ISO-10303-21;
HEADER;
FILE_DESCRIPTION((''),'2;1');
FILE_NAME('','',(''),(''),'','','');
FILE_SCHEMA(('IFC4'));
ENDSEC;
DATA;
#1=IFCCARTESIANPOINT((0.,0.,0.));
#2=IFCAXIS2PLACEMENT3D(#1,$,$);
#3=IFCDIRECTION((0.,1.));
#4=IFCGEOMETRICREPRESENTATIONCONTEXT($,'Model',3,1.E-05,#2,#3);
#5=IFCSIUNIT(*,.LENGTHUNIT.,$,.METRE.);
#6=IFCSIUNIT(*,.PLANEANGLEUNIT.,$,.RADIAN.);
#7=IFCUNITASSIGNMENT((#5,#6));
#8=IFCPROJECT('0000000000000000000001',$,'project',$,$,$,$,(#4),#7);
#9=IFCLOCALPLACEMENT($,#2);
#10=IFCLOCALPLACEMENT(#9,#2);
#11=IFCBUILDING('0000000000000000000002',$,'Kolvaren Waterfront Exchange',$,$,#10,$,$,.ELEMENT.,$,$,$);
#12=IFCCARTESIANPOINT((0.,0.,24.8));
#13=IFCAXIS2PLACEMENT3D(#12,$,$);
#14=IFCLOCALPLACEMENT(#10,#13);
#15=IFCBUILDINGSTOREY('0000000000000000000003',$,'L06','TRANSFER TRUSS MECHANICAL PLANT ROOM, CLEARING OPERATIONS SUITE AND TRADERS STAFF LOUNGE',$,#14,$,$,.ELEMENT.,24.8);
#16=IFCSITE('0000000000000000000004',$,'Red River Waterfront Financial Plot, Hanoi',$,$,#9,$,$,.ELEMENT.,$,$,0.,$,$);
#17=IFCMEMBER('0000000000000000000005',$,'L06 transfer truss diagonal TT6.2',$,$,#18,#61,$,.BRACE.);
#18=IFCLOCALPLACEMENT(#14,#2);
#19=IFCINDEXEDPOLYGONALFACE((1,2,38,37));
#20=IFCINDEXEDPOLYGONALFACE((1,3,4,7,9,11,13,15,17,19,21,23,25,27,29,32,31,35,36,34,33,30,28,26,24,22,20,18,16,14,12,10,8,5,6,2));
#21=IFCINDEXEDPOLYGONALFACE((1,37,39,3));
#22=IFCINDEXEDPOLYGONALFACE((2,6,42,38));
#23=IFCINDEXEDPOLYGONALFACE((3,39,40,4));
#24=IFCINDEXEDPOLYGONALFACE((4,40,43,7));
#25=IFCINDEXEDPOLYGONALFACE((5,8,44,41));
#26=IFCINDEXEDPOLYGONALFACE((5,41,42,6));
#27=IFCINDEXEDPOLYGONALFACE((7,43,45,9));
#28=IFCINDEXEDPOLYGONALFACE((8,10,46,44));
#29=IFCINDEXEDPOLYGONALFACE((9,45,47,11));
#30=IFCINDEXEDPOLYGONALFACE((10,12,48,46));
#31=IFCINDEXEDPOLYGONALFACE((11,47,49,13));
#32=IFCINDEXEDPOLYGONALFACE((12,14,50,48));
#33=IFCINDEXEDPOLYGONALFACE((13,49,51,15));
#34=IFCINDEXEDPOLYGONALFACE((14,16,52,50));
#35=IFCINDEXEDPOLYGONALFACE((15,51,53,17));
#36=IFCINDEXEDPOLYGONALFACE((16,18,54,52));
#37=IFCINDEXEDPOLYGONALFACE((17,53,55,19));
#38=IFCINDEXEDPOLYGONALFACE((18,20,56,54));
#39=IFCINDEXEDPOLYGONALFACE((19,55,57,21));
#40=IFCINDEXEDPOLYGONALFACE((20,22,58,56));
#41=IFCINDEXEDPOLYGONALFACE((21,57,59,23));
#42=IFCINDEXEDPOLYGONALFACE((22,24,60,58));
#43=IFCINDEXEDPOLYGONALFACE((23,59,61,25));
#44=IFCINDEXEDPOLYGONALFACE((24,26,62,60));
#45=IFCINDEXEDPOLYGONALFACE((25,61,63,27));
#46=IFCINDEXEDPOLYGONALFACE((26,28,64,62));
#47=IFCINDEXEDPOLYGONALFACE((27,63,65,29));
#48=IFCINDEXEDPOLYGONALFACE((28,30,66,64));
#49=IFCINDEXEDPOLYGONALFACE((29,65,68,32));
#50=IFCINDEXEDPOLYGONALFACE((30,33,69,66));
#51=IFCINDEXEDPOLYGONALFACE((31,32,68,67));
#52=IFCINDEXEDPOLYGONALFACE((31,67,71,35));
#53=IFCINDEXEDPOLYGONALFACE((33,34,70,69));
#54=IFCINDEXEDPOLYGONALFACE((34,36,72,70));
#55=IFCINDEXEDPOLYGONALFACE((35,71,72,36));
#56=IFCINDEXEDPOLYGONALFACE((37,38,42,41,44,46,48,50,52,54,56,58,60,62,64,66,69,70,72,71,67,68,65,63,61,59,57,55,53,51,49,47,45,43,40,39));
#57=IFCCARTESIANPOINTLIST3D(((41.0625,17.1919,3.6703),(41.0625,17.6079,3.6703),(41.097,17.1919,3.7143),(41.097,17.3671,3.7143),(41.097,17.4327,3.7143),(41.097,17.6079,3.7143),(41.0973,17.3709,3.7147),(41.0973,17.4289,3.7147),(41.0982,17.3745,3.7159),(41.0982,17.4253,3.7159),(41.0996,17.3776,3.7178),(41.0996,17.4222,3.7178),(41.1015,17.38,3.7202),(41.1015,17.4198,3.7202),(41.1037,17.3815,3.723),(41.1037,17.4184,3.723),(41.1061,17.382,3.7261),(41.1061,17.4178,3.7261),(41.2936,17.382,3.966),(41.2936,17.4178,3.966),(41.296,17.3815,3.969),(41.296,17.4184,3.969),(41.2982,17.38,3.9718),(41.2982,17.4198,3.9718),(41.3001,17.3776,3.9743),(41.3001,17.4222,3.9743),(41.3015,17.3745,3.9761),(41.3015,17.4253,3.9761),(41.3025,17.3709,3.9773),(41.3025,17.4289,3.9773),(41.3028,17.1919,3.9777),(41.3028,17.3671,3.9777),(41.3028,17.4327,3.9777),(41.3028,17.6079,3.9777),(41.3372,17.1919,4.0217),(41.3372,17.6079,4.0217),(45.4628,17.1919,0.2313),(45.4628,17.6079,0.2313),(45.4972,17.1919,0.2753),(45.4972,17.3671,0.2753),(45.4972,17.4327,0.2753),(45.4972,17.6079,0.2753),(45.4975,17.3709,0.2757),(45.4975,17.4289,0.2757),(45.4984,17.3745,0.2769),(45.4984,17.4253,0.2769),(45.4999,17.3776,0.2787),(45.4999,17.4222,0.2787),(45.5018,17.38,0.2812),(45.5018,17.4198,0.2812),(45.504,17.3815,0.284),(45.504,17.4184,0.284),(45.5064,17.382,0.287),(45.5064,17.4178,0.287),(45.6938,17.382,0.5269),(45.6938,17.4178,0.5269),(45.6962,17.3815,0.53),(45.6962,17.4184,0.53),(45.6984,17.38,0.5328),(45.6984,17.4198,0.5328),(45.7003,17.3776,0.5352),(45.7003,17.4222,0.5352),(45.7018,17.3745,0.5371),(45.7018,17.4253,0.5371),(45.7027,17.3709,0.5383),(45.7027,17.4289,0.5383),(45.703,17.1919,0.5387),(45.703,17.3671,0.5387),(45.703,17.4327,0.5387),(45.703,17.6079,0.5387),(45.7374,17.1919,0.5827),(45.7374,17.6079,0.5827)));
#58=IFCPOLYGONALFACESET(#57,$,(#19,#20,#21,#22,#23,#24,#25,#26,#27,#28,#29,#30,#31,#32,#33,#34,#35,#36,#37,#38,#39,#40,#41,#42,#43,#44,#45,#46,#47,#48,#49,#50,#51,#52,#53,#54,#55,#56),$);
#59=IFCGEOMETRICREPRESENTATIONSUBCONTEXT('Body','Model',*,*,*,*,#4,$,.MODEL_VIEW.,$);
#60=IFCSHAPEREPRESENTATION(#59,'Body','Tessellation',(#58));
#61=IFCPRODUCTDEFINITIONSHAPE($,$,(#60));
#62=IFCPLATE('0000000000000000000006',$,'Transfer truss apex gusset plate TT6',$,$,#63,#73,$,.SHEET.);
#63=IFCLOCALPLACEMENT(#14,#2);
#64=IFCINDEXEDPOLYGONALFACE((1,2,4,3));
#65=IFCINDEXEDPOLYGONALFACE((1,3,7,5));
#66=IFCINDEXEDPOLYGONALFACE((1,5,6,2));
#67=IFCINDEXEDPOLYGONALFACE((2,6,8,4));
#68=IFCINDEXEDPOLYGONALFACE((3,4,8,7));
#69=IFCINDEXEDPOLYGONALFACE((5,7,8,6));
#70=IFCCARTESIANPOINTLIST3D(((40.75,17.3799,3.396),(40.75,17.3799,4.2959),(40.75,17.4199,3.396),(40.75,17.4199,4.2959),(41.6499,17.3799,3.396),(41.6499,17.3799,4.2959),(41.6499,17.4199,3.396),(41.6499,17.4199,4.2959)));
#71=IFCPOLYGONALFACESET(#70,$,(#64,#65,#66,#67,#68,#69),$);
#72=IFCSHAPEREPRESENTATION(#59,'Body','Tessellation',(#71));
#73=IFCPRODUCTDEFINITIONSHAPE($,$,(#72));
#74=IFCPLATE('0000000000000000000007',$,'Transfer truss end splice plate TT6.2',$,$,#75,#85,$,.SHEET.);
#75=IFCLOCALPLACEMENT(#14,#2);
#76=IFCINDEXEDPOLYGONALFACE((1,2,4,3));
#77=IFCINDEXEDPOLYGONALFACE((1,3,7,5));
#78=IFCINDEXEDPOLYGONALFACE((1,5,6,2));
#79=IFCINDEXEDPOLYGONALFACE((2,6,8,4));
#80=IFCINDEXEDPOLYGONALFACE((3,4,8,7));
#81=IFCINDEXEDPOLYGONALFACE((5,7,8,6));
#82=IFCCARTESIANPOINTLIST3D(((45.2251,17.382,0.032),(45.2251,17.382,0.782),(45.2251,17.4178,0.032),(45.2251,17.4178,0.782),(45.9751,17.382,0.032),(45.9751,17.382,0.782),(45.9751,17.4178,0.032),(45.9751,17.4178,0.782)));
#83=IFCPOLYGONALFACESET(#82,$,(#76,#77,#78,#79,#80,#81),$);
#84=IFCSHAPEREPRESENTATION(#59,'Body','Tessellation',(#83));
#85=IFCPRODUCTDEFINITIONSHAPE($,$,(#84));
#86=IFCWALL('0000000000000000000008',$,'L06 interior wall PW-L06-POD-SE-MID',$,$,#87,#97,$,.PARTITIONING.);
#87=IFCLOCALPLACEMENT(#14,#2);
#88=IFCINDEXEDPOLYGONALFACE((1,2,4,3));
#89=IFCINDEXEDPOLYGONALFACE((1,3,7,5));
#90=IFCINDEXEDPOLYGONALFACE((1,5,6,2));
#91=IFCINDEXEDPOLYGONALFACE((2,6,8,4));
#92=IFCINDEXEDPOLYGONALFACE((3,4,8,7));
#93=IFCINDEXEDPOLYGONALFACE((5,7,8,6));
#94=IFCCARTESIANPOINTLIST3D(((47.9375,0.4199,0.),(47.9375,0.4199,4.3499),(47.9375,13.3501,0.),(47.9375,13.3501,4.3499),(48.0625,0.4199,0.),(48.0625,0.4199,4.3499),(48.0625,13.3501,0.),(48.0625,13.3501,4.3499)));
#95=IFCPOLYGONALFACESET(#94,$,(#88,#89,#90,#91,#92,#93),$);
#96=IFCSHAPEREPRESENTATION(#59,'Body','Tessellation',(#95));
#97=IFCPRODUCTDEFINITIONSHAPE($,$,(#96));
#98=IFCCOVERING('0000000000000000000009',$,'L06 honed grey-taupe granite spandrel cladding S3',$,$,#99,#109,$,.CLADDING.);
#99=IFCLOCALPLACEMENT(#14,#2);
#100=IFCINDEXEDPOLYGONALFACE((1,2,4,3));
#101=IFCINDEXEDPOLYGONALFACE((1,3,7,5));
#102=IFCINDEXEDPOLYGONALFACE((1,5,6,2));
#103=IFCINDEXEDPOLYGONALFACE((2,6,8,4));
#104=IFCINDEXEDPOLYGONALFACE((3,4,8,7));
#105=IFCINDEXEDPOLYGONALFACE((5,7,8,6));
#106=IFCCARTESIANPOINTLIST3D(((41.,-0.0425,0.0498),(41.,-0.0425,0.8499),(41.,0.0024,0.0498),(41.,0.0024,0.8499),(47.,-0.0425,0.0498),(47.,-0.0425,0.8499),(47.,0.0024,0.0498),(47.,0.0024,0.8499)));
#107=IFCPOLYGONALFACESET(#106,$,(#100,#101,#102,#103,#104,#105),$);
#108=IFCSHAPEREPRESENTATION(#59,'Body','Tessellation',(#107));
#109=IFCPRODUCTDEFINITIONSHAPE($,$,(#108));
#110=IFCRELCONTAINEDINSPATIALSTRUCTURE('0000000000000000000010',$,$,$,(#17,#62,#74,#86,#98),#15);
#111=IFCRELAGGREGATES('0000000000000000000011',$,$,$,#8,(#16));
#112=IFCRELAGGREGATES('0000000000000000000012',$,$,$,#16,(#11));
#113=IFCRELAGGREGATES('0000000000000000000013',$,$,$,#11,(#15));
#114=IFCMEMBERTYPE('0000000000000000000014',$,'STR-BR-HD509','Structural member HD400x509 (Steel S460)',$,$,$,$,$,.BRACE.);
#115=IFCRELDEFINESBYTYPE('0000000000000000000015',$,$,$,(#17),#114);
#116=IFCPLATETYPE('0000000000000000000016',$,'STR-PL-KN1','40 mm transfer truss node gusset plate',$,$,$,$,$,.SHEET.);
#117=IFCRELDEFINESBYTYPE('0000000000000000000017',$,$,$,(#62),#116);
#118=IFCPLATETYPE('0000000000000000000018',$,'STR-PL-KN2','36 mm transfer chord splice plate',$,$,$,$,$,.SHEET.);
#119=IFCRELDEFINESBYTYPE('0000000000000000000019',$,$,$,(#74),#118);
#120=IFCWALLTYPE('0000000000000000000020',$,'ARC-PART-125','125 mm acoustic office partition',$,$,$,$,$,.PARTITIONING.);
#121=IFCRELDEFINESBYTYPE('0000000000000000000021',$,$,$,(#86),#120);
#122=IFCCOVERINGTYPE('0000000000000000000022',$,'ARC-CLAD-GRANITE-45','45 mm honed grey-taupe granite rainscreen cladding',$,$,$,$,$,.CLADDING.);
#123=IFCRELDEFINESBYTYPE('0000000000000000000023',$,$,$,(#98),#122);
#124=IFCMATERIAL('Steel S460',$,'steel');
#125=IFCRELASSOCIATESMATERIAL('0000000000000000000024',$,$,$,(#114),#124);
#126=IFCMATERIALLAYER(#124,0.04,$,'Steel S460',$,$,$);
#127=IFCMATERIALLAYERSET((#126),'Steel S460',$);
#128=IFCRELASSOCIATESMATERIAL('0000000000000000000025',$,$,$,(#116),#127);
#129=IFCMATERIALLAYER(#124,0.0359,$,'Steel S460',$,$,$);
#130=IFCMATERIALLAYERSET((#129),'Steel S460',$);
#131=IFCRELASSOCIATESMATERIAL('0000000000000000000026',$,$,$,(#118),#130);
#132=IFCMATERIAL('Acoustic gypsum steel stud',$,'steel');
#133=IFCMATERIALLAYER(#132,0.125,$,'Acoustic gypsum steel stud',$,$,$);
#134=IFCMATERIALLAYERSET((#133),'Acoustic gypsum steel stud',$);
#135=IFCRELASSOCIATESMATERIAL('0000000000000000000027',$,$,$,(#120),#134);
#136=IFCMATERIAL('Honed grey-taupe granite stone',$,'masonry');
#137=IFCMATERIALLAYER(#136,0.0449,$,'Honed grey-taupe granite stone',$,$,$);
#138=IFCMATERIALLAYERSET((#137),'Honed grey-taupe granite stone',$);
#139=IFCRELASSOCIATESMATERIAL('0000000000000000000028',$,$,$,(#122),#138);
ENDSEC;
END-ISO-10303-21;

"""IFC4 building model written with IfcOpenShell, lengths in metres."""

from ifc_helpers import new_model, si_unit, direction, frame, frame_2d, origin, origin_with_axes, origin_2d, place, context, subcontext, project, spatial, rectangle, i_section, extrude, source, transform, mapped, material, layer, layer_set, material_profile, profile_set, type_object, element, save


model = new_model("IFC4")

# Units and contexts
model_context = context("Model", 3, precision=1e-05, world=origin(), true_north=direction((0.0, 1.0)))
body_context = subcontext(model_context, "Body", "Model", "MODEL_VIEW")
ifc_project = project(units=[si_unit("LENGTHUNIT", "METRE"), si_unit("PLANEANGLEUNIT", "RADIAN")], contexts=[model_context])

# Site, building, storey
site_placement = place(None, origin())
site = spatial("IfcSite", under=ifc_project, at=site_placement, Name="Red River Waterfront Financial Plot, Hanoi", CompositionType="ELEMENT", RefElevation=0.0)
building_placement = place(site_placement, origin())
building = spatial("IfcBuilding", under=site, at=building_placement, Name="Kolvaren Waterfront Exchange", CompositionType="ELEMENT")
storey_placement = place(building_placement, frame((0.0, 0.0, 24.8)))
storey = spatial("IfcBuildingStorey", under=building, at=storey_placement, Name="L06", Description="TRANSFER TRUSS MECHANICAL PLANT ROOM, CLEARING OPERATIONS SUITE AND TRADERS STAFF LOUNGE", CompositionType="ELEMENT", Elevation=24.8)

# Member
ifc_material_1 = material(Name="Steel S460", Category="steel")
ifc_material_profile_1 = material_profile(ifc_material_1, i_section(OverallWidth=0.416, OverallDepth=0.446, WebThickness=0.0359, FlangeThickness=0.0559, FilletRadius=0.0149, at=origin_2d()), Name="HD400x509")
ifc_profile_set_1 = profile_set([ifc_material_profile_1], Name="Steel S460")
member_type = type_object("IfcMemberType", Name="STR-BR-HD509", Description="Structural member HD400x509 (Steel S460)", PredefinedType="BRACE", material=ifc_profile_set_1)
member_placement = place(storey_placement, frame((45.6001, 17.3999, 0.407), z_axis=(-0.787907, 0.0, 0.615794), x_axis=(0.0, -1.0, 0.0)))
element("IfcMember", 1, at=member_placement, inside=storey, type_object=member_type, Name="L06 transfer truss diagonal TT6.2", PredefinedType="BRACE", context=body_context, shape_type="SweptSolid", body=[
    extrude(i_section(OverallWidth=0.416, OverallDepth=0.446, WebThickness=0.0359, FlangeThickness=0.0559, FilletRadius=0.0149, at=origin_2d()), origin(), (0.0, 0.0, 1.0), 5.5847),
])

# Plates
ifc_layer_1 = layer(ifc_material_1, 0.04, Name="Steel S460")
ifc_layer_set_1 = layer_set([ifc_layer_1], Name="Steel S460")
plate_type_1 = type_object("IfcPlateType", Name="STR-PL-KN1", Description="40 mm transfer truss node gusset plate", PredefinedType="SHEET", material=ifc_layer_set_1)
shared_shape_1 = source(origin_with_axes(), body_context, "Body", "SweptSolid", [
    extrude(rectangle(XDim=0.8999, YDim=0.04, at=origin_2d()), origin(), (0.0, 0.0, 1.0), 0.8999),
])
plate_1_placement = place(storey_placement, frame((41.2, 17.3999, 3.396), z_axis=(0.0, 0.0, 1.0), x_axis=(1.0, 0.0, 0.0)))
element("IfcPlate", 2, at=plate_1_placement, inside=storey, type_object=plate_type_1, Name="Transfer truss apex gusset plate TT6", PredefinedType="SHEET", context=body_context, shape_type="MappedRepresentation", body=[
    mapped(shared_shape_1, transform((0.0, 0.0, 0.0), x_axis=(1.0, 0.0, 0.0), y_axis=(0.0, 1.0, 0.0), z_axis=(0.0, 0.0, 1.0), scale=1.0)),
])
ifc_layer_2 = layer(ifc_material_1, 0.0359, Name="Steel S460")
ifc_layer_set_2 = layer_set([ifc_layer_2], Name="Steel S460")
plate_type_2 = type_object("IfcPlateType", Name="STR-PL-KN2", Description="36 mm transfer chord splice plate", PredefinedType="SHEET", material=ifc_layer_set_2)
shared_shape_2 = source(origin_with_axes(), body_context, "Body", "SweptSolid", [
    extrude(rectangle(XDim=0.75, YDim=0.0359, at=origin_2d()), origin(), (0.0, 0.0, 1.0), 0.75),
])
plate_2_placement = place(storey_placement, frame((45.6001, 17.3999, 0.032), z_axis=(0.0, 0.0, 1.0), x_axis=(1.0, 0.0, 0.0)))
element("IfcPlate", 3, at=plate_2_placement, inside=storey, type_object=plate_type_2, Name="Transfer truss end splice plate TT6.2", PredefinedType="SHEET", context=body_context, shape_type="MappedRepresentation", body=[
    mapped(shared_shape_2, transform((0.0, 0.0, 0.0), x_axis=(1.0, 0.0, 0.0), y_axis=(0.0, 1.0, 0.0), z_axis=(0.0, 0.0, 1.0), scale=1.0)),
])

# Wall
ifc_material_2 = material(Name="Acoustic gypsum steel stud", Category="steel")
ifc_layer_3 = layer(ifc_material_2, 0.125, Name="Acoustic gypsum steel stud")
ifc_layer_set_3 = layer_set([ifc_layer_3], Name="Acoustic gypsum steel stud")
wall_type = type_object("IfcWallType", Name="ARC-PART-125", Description="125 mm acoustic office partition", PredefinedType="PARTITIONING", material=ifc_layer_set_3)
wall_placement = place(storey_placement, frame((48.0, 0.4199, 0.0), z_axis=(0.0, 0.0, 1.0), x_axis=(0.0, 1.0, 0.0)))
element("IfcWall", 4, at=wall_placement, inside=storey, type_object=wall_type, Name="L06 interior wall PW-L06-POD-SE-MID", PredefinedType="PARTITIONING", context=body_context, shape_type="SweptSolid", body=[
    extrude(rectangle(XDim=12.9302, YDim=0.125, at=frame_2d((6.4651, 0.0))), origin(), (0.0, 0.0, 1.0), 4.3499),
])

# Covering
ifc_material_3 = material(Name="Honed grey-taupe granite stone", Category="masonry")
ifc_layer_4 = layer(ifc_material_3, 0.0449, Name="Honed grey-taupe granite stone")
ifc_layer_set_4 = layer_set([ifc_layer_4], Name="Honed grey-taupe granite stone")
covering_type = type_object("IfcCoveringType", Name="ARC-CLAD-GRANITE-45", Description="45 mm honed grey-taupe granite rainscreen cladding", PredefinedType="CLADDING", material=ifc_layer_set_4)
covering_placement = place(storey_placement, frame((44.0, -0.02, 0.0498), z_axis=(0.0, 0.0, 1.0), x_axis=(1.0, 0.0, 0.0)))
element("IfcCovering", 5, at=covering_placement, inside=storey, type_object=covering_type, Name="L06 honed grey-taupe granite spandrel cladding S3", PredefinedType="CLADDING", context=body_context, shape_type="SweptSolid", body=[
    extrude(rectangle(XDim=6.0, YDim=0.0449, at=origin_2d()), origin(), (0.0, 0.0, 1.0), 0.8),
])

save(model, "model.ifc")
